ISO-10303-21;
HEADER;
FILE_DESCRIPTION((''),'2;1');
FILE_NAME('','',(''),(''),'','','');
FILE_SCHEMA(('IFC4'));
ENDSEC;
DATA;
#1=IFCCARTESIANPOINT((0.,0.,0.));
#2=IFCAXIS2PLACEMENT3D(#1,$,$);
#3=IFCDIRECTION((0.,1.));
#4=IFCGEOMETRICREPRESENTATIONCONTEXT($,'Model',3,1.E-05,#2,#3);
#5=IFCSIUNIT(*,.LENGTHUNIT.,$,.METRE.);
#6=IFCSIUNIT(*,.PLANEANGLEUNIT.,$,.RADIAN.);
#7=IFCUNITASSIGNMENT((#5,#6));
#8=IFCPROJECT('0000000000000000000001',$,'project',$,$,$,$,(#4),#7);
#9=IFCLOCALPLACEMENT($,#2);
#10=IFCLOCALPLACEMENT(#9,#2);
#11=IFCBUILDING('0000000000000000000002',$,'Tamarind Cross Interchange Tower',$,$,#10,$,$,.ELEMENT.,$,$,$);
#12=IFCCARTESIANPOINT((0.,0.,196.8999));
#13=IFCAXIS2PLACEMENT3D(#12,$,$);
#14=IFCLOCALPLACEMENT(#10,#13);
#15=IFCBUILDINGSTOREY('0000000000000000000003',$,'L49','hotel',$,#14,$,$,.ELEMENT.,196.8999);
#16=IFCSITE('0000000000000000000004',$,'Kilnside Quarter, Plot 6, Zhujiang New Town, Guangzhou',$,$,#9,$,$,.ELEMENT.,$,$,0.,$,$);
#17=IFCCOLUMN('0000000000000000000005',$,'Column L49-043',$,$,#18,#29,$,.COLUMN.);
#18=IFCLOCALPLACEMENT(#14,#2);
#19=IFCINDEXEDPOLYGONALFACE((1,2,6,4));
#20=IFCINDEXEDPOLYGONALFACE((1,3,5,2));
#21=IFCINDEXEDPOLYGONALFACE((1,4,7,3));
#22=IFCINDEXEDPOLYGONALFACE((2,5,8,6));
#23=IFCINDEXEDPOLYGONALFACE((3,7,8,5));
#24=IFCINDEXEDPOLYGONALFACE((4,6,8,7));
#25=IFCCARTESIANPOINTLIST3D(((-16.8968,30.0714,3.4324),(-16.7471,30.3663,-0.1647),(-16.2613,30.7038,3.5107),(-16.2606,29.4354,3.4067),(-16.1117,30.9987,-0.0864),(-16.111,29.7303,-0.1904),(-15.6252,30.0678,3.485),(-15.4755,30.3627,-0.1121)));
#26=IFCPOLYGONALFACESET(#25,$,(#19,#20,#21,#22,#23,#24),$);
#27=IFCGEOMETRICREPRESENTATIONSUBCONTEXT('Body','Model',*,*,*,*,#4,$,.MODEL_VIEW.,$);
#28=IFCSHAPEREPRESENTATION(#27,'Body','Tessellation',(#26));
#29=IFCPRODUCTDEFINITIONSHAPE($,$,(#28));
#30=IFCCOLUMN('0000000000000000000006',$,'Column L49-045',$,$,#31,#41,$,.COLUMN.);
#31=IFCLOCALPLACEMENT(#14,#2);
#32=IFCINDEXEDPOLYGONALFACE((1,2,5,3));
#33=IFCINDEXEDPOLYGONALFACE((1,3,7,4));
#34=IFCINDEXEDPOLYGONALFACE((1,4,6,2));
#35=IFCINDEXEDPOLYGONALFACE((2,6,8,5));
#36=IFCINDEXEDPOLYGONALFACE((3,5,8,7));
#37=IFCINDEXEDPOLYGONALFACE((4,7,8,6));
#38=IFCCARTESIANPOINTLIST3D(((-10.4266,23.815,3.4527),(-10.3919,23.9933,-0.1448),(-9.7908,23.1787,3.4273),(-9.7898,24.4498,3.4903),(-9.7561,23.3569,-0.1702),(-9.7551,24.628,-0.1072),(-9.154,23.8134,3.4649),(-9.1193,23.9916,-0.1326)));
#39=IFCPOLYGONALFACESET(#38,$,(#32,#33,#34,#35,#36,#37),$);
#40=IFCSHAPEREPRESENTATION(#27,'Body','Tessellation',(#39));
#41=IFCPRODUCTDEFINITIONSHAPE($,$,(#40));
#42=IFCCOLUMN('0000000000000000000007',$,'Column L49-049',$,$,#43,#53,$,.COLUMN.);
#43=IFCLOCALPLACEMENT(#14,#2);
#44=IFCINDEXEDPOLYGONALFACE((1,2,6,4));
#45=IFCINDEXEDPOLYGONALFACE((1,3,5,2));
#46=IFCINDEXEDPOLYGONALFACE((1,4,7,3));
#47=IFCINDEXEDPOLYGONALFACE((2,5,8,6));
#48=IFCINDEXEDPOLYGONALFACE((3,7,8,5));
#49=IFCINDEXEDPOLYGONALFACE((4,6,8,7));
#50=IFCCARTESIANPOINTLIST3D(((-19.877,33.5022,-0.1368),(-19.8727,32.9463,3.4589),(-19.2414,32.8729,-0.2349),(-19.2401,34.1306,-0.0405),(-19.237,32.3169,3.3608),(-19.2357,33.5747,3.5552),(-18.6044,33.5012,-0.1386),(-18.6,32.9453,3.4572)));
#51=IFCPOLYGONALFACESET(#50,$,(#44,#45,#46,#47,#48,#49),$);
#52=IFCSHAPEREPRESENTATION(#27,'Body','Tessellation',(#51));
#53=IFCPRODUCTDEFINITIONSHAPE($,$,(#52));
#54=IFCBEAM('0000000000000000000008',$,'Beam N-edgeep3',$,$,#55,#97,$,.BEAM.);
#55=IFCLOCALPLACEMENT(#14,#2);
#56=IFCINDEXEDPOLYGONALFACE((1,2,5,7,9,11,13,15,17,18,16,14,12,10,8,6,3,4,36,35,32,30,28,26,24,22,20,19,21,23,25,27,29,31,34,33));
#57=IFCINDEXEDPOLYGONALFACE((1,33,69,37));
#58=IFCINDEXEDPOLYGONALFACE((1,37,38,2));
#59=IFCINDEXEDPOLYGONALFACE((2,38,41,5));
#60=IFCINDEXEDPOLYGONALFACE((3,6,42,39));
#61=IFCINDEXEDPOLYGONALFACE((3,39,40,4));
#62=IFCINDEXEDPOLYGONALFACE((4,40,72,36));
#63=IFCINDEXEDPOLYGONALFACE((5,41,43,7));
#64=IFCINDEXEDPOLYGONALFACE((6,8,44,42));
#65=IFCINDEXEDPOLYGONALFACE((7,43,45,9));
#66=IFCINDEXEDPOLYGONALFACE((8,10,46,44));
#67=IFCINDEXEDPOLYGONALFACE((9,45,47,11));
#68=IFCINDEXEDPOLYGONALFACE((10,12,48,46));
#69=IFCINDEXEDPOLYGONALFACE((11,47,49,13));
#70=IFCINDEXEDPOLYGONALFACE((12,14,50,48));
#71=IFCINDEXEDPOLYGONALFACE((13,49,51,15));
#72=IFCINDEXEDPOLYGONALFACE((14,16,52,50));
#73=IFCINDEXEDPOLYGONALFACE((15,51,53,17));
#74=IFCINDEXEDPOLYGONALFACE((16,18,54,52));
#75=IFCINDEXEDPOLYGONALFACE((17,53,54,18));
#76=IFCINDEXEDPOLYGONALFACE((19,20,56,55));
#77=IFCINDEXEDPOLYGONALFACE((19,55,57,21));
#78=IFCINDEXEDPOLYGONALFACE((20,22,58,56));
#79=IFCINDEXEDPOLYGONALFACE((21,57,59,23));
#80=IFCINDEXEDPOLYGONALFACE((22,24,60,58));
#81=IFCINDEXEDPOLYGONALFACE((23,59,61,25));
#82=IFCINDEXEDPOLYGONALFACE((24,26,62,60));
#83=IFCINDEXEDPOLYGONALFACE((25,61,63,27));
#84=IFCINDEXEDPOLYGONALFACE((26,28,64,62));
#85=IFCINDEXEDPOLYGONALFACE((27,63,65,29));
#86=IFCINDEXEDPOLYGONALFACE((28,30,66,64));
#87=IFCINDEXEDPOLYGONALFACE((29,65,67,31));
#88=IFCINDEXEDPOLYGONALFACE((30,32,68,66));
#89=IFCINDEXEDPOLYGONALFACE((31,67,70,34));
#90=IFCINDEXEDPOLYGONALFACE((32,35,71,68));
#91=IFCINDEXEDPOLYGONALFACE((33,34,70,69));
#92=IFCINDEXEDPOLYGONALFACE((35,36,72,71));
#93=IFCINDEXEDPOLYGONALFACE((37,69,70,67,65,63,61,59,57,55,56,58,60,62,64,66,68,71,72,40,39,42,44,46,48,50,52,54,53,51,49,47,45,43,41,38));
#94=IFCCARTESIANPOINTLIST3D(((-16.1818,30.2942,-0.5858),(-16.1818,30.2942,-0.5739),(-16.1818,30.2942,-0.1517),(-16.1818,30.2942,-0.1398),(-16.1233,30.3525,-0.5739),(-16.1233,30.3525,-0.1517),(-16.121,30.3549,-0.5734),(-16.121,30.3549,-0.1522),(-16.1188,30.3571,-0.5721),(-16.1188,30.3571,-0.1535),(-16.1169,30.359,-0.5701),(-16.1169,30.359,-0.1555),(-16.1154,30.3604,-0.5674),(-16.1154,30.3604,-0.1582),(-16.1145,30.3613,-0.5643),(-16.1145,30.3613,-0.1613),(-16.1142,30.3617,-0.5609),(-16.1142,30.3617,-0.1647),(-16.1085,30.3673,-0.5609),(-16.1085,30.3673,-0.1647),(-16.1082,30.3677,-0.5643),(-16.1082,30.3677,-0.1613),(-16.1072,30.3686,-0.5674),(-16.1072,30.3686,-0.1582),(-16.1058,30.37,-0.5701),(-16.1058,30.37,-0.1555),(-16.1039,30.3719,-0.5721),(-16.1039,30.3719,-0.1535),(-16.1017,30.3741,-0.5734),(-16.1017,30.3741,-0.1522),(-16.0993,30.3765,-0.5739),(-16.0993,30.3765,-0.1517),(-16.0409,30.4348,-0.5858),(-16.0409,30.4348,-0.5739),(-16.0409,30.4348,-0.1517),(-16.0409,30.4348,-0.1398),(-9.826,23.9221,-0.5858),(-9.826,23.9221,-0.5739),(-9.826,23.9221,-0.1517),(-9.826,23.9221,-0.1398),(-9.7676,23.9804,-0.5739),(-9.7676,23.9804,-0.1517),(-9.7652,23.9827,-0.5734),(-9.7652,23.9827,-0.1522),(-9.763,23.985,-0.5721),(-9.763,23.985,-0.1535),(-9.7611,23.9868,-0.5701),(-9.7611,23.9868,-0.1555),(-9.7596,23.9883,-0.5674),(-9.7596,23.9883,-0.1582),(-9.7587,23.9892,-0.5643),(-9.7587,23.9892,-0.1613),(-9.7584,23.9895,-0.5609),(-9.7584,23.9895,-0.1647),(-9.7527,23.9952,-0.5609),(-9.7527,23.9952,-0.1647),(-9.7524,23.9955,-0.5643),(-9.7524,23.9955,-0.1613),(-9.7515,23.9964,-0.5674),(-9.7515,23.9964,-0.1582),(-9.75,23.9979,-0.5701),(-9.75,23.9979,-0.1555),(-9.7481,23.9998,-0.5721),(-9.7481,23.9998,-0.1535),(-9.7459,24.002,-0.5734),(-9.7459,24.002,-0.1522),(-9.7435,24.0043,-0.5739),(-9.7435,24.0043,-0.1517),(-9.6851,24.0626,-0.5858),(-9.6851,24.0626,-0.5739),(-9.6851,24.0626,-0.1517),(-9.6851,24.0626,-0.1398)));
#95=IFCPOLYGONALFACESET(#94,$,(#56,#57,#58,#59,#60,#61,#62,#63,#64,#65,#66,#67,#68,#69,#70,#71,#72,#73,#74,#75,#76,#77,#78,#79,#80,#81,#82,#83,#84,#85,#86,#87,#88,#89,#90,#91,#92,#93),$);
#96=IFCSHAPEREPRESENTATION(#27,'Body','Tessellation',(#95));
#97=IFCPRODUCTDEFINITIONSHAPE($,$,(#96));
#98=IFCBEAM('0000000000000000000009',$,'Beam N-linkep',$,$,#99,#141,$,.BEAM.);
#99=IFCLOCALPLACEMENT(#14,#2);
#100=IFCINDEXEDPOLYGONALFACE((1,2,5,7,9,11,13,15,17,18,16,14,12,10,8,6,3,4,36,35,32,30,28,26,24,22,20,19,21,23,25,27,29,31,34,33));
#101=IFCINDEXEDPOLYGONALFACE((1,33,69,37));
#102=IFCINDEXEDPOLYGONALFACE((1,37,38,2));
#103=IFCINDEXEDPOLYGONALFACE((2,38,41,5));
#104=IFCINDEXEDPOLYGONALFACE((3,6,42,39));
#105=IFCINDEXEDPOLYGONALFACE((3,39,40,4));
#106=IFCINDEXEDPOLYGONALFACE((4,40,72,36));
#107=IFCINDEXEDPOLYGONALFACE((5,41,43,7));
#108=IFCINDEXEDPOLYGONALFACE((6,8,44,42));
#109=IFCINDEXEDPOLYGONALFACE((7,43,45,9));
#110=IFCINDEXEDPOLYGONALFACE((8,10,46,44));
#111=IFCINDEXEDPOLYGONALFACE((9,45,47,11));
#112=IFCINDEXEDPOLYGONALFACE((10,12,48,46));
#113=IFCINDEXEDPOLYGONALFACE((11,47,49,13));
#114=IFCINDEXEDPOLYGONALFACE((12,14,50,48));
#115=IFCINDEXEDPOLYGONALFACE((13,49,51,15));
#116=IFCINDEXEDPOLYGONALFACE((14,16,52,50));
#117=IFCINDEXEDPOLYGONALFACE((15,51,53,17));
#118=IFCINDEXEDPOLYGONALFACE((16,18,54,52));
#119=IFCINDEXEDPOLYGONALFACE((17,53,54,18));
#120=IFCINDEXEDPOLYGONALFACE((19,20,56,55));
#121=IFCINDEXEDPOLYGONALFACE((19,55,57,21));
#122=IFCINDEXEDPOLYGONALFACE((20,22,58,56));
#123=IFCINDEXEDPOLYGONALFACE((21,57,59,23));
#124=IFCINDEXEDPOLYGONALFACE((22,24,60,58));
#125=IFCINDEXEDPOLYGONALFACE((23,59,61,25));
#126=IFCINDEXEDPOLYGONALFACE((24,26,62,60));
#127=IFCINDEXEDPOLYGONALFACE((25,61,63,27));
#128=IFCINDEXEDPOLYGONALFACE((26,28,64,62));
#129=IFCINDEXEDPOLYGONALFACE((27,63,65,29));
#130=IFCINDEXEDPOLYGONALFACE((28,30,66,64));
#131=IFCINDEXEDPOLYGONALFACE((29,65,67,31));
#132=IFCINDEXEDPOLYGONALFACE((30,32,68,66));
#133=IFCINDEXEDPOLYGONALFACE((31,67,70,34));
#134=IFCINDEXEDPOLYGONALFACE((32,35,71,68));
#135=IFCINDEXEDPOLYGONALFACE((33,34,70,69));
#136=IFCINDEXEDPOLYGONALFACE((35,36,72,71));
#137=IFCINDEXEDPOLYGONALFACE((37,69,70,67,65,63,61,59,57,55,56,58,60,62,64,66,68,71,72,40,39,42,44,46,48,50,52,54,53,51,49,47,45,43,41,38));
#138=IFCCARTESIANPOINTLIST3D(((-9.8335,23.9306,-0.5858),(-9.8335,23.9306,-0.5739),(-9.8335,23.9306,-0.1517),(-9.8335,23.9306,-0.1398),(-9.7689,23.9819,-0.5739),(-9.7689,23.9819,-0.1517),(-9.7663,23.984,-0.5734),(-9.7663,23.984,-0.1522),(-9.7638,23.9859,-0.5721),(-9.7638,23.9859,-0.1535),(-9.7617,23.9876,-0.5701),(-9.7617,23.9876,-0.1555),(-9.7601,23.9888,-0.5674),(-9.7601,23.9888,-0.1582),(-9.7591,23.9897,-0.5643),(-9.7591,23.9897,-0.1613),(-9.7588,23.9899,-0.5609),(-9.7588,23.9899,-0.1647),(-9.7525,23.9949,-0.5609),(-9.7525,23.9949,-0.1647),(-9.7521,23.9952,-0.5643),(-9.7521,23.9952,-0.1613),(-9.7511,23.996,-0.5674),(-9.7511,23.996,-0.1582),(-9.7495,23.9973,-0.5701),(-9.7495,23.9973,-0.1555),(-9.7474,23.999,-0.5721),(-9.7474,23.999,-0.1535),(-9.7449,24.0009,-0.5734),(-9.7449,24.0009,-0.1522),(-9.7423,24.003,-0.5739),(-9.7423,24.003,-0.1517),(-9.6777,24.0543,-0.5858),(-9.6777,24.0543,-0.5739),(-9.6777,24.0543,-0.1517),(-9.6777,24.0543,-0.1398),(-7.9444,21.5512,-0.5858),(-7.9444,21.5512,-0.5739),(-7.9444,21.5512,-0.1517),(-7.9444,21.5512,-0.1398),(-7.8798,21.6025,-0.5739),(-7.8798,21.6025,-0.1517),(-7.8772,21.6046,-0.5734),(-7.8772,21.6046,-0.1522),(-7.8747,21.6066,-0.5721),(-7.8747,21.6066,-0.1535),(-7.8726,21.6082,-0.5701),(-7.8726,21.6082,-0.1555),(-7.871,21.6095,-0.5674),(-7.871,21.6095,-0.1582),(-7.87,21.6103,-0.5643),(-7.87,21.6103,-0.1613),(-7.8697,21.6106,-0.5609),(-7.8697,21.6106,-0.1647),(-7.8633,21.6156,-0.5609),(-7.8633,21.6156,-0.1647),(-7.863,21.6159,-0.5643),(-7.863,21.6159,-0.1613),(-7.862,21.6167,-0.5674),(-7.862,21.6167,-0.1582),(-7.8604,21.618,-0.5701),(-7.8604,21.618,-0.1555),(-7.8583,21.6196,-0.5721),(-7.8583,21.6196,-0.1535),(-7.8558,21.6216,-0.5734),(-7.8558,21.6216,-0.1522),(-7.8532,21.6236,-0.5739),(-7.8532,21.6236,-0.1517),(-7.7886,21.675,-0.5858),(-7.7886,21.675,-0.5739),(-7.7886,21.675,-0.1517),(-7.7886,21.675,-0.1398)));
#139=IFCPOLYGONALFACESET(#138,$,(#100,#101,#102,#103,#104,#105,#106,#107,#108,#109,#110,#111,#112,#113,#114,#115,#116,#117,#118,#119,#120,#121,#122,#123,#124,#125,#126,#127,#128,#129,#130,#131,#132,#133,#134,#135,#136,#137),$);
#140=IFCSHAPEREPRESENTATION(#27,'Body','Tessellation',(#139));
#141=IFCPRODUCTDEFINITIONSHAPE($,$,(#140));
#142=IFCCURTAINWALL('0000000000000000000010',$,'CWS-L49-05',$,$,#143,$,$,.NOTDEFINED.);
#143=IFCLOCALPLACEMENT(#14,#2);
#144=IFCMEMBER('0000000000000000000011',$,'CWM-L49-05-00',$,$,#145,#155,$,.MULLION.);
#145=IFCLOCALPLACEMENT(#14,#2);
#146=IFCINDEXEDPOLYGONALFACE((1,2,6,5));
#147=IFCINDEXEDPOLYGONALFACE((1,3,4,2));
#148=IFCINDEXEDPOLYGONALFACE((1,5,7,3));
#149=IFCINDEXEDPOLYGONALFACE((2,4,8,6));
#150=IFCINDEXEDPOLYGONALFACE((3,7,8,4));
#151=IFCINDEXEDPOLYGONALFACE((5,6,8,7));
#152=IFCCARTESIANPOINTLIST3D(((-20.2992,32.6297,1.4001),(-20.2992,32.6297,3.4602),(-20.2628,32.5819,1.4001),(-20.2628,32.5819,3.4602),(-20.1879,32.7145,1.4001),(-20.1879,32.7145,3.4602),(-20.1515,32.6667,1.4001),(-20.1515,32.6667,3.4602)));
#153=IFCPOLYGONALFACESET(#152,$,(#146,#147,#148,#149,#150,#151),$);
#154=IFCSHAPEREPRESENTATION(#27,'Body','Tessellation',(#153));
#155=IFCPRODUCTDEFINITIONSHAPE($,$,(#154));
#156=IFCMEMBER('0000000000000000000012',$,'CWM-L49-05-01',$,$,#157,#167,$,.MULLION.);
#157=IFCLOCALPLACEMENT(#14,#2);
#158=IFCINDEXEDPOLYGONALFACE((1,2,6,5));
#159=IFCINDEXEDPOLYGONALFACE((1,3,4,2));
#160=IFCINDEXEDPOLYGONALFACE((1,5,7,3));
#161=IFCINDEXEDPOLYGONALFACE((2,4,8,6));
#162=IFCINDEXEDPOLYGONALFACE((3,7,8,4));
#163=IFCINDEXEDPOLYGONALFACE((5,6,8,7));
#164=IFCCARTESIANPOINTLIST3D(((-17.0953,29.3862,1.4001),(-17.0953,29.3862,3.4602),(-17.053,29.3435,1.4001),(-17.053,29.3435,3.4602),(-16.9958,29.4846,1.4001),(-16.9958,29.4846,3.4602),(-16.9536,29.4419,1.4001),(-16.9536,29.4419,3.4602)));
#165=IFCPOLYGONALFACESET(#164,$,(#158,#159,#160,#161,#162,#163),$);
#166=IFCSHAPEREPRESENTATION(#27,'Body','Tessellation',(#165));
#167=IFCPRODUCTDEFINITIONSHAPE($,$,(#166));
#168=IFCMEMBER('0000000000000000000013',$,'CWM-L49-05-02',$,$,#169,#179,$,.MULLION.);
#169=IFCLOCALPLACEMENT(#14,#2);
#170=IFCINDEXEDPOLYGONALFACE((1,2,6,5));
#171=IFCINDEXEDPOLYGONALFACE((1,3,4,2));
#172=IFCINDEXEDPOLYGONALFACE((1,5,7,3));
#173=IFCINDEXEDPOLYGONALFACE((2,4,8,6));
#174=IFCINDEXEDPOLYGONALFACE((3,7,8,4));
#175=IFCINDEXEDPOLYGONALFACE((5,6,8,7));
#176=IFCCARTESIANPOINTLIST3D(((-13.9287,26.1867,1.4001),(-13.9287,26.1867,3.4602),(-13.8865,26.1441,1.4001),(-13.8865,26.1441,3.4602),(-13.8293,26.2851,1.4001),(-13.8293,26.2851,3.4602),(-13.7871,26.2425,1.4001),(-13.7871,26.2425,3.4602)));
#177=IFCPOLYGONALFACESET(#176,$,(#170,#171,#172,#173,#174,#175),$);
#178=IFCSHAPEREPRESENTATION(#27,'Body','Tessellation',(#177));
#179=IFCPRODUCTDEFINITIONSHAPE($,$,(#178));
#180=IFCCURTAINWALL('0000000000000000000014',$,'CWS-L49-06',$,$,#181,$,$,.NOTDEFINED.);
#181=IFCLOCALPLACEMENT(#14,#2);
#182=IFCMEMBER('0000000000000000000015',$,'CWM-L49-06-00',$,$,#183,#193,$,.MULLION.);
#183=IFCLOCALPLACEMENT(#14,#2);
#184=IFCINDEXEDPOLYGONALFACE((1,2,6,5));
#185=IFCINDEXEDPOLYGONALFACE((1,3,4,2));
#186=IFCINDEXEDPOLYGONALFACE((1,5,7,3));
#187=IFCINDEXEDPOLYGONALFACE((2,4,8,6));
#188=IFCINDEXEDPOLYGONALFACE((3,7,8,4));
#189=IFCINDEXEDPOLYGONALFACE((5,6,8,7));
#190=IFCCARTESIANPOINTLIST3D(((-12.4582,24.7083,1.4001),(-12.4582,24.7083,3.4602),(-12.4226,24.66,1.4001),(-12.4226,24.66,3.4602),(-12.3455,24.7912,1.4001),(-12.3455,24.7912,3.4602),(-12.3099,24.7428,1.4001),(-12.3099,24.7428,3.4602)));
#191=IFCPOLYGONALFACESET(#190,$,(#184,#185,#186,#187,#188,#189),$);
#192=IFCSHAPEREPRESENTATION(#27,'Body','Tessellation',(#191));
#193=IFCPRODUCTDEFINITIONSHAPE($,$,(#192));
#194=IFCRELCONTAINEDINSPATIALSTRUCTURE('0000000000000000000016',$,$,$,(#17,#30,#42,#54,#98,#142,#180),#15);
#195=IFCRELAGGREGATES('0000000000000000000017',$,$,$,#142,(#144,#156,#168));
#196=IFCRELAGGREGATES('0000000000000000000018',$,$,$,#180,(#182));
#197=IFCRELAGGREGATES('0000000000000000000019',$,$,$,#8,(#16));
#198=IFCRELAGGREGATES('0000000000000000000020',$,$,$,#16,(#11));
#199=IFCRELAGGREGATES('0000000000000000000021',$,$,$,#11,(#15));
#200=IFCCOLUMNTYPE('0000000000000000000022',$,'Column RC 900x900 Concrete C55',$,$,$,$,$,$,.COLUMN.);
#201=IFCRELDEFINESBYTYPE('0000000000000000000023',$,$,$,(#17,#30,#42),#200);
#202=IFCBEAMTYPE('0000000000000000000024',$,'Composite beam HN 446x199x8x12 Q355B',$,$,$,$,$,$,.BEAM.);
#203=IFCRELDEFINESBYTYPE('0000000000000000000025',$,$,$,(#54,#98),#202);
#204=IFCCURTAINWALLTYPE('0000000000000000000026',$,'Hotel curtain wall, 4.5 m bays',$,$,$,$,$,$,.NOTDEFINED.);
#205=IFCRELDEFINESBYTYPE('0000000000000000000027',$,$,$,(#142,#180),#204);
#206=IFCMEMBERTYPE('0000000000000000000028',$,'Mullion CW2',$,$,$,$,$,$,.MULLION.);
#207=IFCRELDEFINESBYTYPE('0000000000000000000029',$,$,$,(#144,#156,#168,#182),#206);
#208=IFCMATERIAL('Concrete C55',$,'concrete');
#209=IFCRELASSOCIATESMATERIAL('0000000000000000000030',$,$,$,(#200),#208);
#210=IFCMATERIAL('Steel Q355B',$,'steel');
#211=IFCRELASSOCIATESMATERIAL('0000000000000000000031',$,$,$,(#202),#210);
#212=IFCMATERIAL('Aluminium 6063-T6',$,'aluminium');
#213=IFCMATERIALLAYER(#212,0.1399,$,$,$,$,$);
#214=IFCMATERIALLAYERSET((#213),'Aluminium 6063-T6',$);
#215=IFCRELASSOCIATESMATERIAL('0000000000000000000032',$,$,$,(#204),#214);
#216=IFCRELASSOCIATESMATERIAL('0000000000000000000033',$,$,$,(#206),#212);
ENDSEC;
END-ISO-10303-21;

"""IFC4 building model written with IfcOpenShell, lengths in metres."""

from ifc_helpers import new_model, si_unit, direction, frame, origin, origin_2d, place, context, subcontext, project, spatial, rectangle, i_section, extrude, material, layer, layer_set, material_profile, profile_set, type_object, element, aggregate, save


model = new_model("IFC4")

# Units and contexts
model_context = context("Model", 3, precision=1e-05, world=origin(), true_north=direction((0.0, 1.0)))
body_context = subcontext(model_context, "Body", "Model", "MODEL_VIEW")
ifc_project = project(units=[si_unit("LENGTHUNIT", "METRE"), si_unit("PLANEANGLEUNIT", "RADIAN")], contexts=[model_context])

# Site, building, storey
site_placement = place(None, origin())
site = spatial("IfcSite", under=ifc_project, at=site_placement, Name="Kilnside Quarter, Plot 6, Zhujiang New Town, Guangzhou", CompositionType="ELEMENT", RefElevation=0.0)
building_placement = place(site_placement, origin())
building = spatial("IfcBuilding", under=site, at=building_placement, Name="Tamarind Cross Interchange Tower", CompositionType="ELEMENT")
storey_placement = place(building_placement, frame((0.0, 0.0, 196.8999)))
storey = spatial("IfcBuildingStorey", under=building, at=storey_placement, Name="L49", Description="hotel", CompositionType="ELEMENT", Elevation=196.8999)

# Columns
ifc_material_1 = material(Name="Concrete C55", Category="concrete")
ifc_material_profile_1 = material_profile(ifc_material_1, rectangle(XDim=0.8999, YDim=0.8999, at=origin_2d()), Name="RC 900x900")
ifc_profile_set_1 = profile_set([ifc_material_profile_1], Name="Concrete C55")
column_type = type_object("IfcColumnType", Name="Column RC 900x900 Concrete C55", PredefinedType="COLUMN", material=ifc_profile_set_1)
column_1_placement = place(storey_placement, frame((-16.1113, 30.3645, -0.1384), z_axis=(-0.04143, -0.081643, 0.9958), x_axis=(0.706095, 0.702753, 0.086993)))
element("IfcColumn", 1, at=column_1_placement, inside=storey, type_object=column_type, Name="Column L49-043", PredefinedType="COLUMN", context=body_context, shape_type="SweptSolid", body=[
    extrude(rectangle(XDim=0.8999, YDim=0.8999, at=origin_2d()), origin(), (0.0, 0.0, 1.0), 3.6123),
])
column_2_placement = place(storey_placement, frame((-9.7556, 23.9924, -0.1387), z_axis=(-0.009625, -0.049479, 0.998729), x_axis=(0.707653, 0.705325, 0.041763)))
element("IfcColumn", 2, at=column_2_placement, inside=storey, type_object=column_type, Name="Column L49-045", PredefinedType="COLUMN", context=body_context, shape_type="SweptSolid", body=[
    extrude(rectangle(XDim=0.8999, YDim=0.8999, at=origin_2d()), origin(), (0.0, 0.0, 1.0), 3.6021),
])
column_3_placement = place(storey_placement, frame((-19.2407, 33.5017, -0.1377), z_axis=(0.001208, -0.152788, 0.988258), x_axis=(0.707837, 0.698212, 0.107081)))
element("IfcColumn", 3, at=column_3_placement, inside=storey, type_object=column_type, Name="Column L49-049", PredefinedType="COLUMN", context=body_context, shape_type="SweptSolid", body=[
    extrude(rectangle(XDim=0.8999, YDim=0.8999, at=origin_2d()), origin(), (0.0, 0.0, 1.0), 3.6384),
])

# Beams
ifc_material_2 = material(Name="Steel Q355B", Category="steel")
ifc_material_profile_2 = material_profile(ifc_material_2, i_section(OverallWidth=0.199, OverallDepth=0.446, WebThickness=0.0081, FlangeThickness=0.012, FilletRadius=0.0129, at=origin_2d()), Name="HN 446x199x8x12")
ifc_profile_set_2 = profile_set([ifc_material_profile_2], Name="Steel Q355B")
beam_type = type_object("IfcBeamType", Name="Composite beam HN 446x199x8x12 Q355B", PredefinedType="BEAM", material=ifc_profile_set_2)
beam_1_placement = place(storey_placement, frame((-16.1113, 30.3645, -0.3628), z_axis=(0.706197, -0.708015, 0.0), x_axis=(0.708015, 0.706197, 0.0)))
element("IfcBeam", 4, at=beam_1_placement, inside=storey, type_object=beam_type, Name="Beam N-edgeep3", PredefinedType="BEAM", context=body_context, shape_type="SweptSolid", body=[
    extrude(i_section(OverallWidth=0.199, OverallDepth=0.446, WebThickness=0.0081, FlangeThickness=0.012, FilletRadius=0.0129, at=origin_2d()), origin(), (0.0, 0.0, 1.0), 9.0),
])
beam_2_placement = place(storey_placement, frame((-9.7556, 23.9924, -0.3628), z_axis=(0.62181, -0.783168, 0.0), x_axis=(0.783168, 0.62181, 0.0)))
element("IfcBeam", 5, at=beam_2_placement, inside=storey, type_object=beam_type, Name="Beam N-linkep", PredefinedType="BEAM", context=body_context, shape_type="SweptSolid", body=[
    extrude(i_section(OverallWidth=0.199, OverallDepth=0.446, WebThickness=0.0081, FlangeThickness=0.012, FilletRadius=0.0129, at=origin_2d()), origin(), (0.0, 0.0, 1.0), 3.0381),
])

# Curtain wall, members
ifc_material_3 = material(Name="Aluminium 6063-T6", Category="aluminium")
ifc_layer_1 = layer(ifc_material_3, 0.1399)
ifc_layer_set_1 = layer_set([ifc_layer_1], Name="Aluminium 6063-T6")
curtain_wall_type = type_object("IfcCurtainWallType", Name="Hotel curtain wall, 4.5 m bays", PredefinedType="NOTDEFINED", material=ifc_layer_set_1)
curtain_wall_1_placement = place(storey_placement, origin())
curtain_wall_1 = element("IfcCurtainWall", 6, at=curtain_wall_1_placement, inside=storey, type_object=curtain_wall_type, Name="CWS-L49-05", PredefinedType="NOTDEFINED")
ifc_material_profile_3 = material_profile(ifc_material_3, rectangle(XDim=0.0601, YDim=0.1399, at=origin_2d()), Name="Mullion CW2")
ifc_profile_set_3 = profile_set([ifc_material_profile_3], Name="Aluminium 6063-T6")
member_type = type_object("IfcMemberType", Name="Mullion CW2", PredefinedType="MULLION", material=ifc_profile_set_3)
member_1_placement = place(storey_placement, frame((-20.2253, 32.6482, 1.4001), z_axis=(0.0, 0.0, 1.0), x_axis=(0.606199, -0.795313, 0.0)))
member_1 = element("IfcMember", 7, at=member_1_placement, type_object=member_type, Name="CWM-L49-05-00", PredefinedType="MULLION", context=body_context, shape_type="SweptSolid", body=[
    extrude(rectangle(XDim=0.0601, YDim=0.1399, at=origin_2d()), origin(), (0.0, 0.0, 1.0), 2.0601),
])
member_2_placement = place(storey_placement, frame((-17.0244, 29.4141, 1.4001), z_axis=(0.0, 0.0, 1.0), x_axis=(0.703444, -0.710751, 0.0)))
member_2 = element("IfcMember", 8, at=member_2_placement, type_object=member_type, Name="CWM-L49-05-01", PredefinedType="MULLION", context=body_context, shape_type="SweptSolid", body=[
    extrude(rectangle(XDim=0.0601, YDim=0.1399, at=origin_2d()), origin(), (0.0, 0.0, 1.0), 2.0601),
])
member_3_placement = place(storey_placement, frame((-13.8579, 26.2146, 1.4001), z_axis=(0.0, 0.0, 1.0), x_axis=(0.703444, -0.710751, 0.0)))
member_3 = element("IfcMember", 9, at=member_3_placement, type_object=member_type, Name="CWM-L49-05-02", PredefinedType="MULLION", context=body_context, shape_type="SweptSolid", body=[
    extrude(rectangle(XDim=0.0601, YDim=0.1399, at=origin_2d()), origin(), (0.0, 0.0, 1.0), 2.0601),
])
aggregate(curtain_wall_1, [member_1, member_2, member_3])

# Curtain wall, member
curtain_wall_2_placement = place(storey_placement, origin())
curtain_wall_2 = element("IfcCurtainWall", 10, at=curtain_wall_2_placement, inside=storey, type_object=curtain_wall_type, Name="CWS-L49-06", PredefinedType="NOTDEFINED")
member_4_placement = place(storey_placement, frame((-12.384, 24.7256, 1.4001), z_axis=(0.0, 0.0, 1.0), x_axis=(0.592498, -0.805572, 0.0)))
member_4 = element("IfcMember", 11, at=member_4_placement, type_object=member_type, Name="CWM-L49-06-00", PredefinedType="MULLION", context=body_context, shape_type="SweptSolid", body=[
    extrude(rectangle(XDim=0.0601, YDim=0.1399, at=origin_2d()), origin(), (0.0, 0.0, 1.0), 2.0601),
])
aggregate(curtain_wall_2, [member_4])

save(model, "model.ifc")
